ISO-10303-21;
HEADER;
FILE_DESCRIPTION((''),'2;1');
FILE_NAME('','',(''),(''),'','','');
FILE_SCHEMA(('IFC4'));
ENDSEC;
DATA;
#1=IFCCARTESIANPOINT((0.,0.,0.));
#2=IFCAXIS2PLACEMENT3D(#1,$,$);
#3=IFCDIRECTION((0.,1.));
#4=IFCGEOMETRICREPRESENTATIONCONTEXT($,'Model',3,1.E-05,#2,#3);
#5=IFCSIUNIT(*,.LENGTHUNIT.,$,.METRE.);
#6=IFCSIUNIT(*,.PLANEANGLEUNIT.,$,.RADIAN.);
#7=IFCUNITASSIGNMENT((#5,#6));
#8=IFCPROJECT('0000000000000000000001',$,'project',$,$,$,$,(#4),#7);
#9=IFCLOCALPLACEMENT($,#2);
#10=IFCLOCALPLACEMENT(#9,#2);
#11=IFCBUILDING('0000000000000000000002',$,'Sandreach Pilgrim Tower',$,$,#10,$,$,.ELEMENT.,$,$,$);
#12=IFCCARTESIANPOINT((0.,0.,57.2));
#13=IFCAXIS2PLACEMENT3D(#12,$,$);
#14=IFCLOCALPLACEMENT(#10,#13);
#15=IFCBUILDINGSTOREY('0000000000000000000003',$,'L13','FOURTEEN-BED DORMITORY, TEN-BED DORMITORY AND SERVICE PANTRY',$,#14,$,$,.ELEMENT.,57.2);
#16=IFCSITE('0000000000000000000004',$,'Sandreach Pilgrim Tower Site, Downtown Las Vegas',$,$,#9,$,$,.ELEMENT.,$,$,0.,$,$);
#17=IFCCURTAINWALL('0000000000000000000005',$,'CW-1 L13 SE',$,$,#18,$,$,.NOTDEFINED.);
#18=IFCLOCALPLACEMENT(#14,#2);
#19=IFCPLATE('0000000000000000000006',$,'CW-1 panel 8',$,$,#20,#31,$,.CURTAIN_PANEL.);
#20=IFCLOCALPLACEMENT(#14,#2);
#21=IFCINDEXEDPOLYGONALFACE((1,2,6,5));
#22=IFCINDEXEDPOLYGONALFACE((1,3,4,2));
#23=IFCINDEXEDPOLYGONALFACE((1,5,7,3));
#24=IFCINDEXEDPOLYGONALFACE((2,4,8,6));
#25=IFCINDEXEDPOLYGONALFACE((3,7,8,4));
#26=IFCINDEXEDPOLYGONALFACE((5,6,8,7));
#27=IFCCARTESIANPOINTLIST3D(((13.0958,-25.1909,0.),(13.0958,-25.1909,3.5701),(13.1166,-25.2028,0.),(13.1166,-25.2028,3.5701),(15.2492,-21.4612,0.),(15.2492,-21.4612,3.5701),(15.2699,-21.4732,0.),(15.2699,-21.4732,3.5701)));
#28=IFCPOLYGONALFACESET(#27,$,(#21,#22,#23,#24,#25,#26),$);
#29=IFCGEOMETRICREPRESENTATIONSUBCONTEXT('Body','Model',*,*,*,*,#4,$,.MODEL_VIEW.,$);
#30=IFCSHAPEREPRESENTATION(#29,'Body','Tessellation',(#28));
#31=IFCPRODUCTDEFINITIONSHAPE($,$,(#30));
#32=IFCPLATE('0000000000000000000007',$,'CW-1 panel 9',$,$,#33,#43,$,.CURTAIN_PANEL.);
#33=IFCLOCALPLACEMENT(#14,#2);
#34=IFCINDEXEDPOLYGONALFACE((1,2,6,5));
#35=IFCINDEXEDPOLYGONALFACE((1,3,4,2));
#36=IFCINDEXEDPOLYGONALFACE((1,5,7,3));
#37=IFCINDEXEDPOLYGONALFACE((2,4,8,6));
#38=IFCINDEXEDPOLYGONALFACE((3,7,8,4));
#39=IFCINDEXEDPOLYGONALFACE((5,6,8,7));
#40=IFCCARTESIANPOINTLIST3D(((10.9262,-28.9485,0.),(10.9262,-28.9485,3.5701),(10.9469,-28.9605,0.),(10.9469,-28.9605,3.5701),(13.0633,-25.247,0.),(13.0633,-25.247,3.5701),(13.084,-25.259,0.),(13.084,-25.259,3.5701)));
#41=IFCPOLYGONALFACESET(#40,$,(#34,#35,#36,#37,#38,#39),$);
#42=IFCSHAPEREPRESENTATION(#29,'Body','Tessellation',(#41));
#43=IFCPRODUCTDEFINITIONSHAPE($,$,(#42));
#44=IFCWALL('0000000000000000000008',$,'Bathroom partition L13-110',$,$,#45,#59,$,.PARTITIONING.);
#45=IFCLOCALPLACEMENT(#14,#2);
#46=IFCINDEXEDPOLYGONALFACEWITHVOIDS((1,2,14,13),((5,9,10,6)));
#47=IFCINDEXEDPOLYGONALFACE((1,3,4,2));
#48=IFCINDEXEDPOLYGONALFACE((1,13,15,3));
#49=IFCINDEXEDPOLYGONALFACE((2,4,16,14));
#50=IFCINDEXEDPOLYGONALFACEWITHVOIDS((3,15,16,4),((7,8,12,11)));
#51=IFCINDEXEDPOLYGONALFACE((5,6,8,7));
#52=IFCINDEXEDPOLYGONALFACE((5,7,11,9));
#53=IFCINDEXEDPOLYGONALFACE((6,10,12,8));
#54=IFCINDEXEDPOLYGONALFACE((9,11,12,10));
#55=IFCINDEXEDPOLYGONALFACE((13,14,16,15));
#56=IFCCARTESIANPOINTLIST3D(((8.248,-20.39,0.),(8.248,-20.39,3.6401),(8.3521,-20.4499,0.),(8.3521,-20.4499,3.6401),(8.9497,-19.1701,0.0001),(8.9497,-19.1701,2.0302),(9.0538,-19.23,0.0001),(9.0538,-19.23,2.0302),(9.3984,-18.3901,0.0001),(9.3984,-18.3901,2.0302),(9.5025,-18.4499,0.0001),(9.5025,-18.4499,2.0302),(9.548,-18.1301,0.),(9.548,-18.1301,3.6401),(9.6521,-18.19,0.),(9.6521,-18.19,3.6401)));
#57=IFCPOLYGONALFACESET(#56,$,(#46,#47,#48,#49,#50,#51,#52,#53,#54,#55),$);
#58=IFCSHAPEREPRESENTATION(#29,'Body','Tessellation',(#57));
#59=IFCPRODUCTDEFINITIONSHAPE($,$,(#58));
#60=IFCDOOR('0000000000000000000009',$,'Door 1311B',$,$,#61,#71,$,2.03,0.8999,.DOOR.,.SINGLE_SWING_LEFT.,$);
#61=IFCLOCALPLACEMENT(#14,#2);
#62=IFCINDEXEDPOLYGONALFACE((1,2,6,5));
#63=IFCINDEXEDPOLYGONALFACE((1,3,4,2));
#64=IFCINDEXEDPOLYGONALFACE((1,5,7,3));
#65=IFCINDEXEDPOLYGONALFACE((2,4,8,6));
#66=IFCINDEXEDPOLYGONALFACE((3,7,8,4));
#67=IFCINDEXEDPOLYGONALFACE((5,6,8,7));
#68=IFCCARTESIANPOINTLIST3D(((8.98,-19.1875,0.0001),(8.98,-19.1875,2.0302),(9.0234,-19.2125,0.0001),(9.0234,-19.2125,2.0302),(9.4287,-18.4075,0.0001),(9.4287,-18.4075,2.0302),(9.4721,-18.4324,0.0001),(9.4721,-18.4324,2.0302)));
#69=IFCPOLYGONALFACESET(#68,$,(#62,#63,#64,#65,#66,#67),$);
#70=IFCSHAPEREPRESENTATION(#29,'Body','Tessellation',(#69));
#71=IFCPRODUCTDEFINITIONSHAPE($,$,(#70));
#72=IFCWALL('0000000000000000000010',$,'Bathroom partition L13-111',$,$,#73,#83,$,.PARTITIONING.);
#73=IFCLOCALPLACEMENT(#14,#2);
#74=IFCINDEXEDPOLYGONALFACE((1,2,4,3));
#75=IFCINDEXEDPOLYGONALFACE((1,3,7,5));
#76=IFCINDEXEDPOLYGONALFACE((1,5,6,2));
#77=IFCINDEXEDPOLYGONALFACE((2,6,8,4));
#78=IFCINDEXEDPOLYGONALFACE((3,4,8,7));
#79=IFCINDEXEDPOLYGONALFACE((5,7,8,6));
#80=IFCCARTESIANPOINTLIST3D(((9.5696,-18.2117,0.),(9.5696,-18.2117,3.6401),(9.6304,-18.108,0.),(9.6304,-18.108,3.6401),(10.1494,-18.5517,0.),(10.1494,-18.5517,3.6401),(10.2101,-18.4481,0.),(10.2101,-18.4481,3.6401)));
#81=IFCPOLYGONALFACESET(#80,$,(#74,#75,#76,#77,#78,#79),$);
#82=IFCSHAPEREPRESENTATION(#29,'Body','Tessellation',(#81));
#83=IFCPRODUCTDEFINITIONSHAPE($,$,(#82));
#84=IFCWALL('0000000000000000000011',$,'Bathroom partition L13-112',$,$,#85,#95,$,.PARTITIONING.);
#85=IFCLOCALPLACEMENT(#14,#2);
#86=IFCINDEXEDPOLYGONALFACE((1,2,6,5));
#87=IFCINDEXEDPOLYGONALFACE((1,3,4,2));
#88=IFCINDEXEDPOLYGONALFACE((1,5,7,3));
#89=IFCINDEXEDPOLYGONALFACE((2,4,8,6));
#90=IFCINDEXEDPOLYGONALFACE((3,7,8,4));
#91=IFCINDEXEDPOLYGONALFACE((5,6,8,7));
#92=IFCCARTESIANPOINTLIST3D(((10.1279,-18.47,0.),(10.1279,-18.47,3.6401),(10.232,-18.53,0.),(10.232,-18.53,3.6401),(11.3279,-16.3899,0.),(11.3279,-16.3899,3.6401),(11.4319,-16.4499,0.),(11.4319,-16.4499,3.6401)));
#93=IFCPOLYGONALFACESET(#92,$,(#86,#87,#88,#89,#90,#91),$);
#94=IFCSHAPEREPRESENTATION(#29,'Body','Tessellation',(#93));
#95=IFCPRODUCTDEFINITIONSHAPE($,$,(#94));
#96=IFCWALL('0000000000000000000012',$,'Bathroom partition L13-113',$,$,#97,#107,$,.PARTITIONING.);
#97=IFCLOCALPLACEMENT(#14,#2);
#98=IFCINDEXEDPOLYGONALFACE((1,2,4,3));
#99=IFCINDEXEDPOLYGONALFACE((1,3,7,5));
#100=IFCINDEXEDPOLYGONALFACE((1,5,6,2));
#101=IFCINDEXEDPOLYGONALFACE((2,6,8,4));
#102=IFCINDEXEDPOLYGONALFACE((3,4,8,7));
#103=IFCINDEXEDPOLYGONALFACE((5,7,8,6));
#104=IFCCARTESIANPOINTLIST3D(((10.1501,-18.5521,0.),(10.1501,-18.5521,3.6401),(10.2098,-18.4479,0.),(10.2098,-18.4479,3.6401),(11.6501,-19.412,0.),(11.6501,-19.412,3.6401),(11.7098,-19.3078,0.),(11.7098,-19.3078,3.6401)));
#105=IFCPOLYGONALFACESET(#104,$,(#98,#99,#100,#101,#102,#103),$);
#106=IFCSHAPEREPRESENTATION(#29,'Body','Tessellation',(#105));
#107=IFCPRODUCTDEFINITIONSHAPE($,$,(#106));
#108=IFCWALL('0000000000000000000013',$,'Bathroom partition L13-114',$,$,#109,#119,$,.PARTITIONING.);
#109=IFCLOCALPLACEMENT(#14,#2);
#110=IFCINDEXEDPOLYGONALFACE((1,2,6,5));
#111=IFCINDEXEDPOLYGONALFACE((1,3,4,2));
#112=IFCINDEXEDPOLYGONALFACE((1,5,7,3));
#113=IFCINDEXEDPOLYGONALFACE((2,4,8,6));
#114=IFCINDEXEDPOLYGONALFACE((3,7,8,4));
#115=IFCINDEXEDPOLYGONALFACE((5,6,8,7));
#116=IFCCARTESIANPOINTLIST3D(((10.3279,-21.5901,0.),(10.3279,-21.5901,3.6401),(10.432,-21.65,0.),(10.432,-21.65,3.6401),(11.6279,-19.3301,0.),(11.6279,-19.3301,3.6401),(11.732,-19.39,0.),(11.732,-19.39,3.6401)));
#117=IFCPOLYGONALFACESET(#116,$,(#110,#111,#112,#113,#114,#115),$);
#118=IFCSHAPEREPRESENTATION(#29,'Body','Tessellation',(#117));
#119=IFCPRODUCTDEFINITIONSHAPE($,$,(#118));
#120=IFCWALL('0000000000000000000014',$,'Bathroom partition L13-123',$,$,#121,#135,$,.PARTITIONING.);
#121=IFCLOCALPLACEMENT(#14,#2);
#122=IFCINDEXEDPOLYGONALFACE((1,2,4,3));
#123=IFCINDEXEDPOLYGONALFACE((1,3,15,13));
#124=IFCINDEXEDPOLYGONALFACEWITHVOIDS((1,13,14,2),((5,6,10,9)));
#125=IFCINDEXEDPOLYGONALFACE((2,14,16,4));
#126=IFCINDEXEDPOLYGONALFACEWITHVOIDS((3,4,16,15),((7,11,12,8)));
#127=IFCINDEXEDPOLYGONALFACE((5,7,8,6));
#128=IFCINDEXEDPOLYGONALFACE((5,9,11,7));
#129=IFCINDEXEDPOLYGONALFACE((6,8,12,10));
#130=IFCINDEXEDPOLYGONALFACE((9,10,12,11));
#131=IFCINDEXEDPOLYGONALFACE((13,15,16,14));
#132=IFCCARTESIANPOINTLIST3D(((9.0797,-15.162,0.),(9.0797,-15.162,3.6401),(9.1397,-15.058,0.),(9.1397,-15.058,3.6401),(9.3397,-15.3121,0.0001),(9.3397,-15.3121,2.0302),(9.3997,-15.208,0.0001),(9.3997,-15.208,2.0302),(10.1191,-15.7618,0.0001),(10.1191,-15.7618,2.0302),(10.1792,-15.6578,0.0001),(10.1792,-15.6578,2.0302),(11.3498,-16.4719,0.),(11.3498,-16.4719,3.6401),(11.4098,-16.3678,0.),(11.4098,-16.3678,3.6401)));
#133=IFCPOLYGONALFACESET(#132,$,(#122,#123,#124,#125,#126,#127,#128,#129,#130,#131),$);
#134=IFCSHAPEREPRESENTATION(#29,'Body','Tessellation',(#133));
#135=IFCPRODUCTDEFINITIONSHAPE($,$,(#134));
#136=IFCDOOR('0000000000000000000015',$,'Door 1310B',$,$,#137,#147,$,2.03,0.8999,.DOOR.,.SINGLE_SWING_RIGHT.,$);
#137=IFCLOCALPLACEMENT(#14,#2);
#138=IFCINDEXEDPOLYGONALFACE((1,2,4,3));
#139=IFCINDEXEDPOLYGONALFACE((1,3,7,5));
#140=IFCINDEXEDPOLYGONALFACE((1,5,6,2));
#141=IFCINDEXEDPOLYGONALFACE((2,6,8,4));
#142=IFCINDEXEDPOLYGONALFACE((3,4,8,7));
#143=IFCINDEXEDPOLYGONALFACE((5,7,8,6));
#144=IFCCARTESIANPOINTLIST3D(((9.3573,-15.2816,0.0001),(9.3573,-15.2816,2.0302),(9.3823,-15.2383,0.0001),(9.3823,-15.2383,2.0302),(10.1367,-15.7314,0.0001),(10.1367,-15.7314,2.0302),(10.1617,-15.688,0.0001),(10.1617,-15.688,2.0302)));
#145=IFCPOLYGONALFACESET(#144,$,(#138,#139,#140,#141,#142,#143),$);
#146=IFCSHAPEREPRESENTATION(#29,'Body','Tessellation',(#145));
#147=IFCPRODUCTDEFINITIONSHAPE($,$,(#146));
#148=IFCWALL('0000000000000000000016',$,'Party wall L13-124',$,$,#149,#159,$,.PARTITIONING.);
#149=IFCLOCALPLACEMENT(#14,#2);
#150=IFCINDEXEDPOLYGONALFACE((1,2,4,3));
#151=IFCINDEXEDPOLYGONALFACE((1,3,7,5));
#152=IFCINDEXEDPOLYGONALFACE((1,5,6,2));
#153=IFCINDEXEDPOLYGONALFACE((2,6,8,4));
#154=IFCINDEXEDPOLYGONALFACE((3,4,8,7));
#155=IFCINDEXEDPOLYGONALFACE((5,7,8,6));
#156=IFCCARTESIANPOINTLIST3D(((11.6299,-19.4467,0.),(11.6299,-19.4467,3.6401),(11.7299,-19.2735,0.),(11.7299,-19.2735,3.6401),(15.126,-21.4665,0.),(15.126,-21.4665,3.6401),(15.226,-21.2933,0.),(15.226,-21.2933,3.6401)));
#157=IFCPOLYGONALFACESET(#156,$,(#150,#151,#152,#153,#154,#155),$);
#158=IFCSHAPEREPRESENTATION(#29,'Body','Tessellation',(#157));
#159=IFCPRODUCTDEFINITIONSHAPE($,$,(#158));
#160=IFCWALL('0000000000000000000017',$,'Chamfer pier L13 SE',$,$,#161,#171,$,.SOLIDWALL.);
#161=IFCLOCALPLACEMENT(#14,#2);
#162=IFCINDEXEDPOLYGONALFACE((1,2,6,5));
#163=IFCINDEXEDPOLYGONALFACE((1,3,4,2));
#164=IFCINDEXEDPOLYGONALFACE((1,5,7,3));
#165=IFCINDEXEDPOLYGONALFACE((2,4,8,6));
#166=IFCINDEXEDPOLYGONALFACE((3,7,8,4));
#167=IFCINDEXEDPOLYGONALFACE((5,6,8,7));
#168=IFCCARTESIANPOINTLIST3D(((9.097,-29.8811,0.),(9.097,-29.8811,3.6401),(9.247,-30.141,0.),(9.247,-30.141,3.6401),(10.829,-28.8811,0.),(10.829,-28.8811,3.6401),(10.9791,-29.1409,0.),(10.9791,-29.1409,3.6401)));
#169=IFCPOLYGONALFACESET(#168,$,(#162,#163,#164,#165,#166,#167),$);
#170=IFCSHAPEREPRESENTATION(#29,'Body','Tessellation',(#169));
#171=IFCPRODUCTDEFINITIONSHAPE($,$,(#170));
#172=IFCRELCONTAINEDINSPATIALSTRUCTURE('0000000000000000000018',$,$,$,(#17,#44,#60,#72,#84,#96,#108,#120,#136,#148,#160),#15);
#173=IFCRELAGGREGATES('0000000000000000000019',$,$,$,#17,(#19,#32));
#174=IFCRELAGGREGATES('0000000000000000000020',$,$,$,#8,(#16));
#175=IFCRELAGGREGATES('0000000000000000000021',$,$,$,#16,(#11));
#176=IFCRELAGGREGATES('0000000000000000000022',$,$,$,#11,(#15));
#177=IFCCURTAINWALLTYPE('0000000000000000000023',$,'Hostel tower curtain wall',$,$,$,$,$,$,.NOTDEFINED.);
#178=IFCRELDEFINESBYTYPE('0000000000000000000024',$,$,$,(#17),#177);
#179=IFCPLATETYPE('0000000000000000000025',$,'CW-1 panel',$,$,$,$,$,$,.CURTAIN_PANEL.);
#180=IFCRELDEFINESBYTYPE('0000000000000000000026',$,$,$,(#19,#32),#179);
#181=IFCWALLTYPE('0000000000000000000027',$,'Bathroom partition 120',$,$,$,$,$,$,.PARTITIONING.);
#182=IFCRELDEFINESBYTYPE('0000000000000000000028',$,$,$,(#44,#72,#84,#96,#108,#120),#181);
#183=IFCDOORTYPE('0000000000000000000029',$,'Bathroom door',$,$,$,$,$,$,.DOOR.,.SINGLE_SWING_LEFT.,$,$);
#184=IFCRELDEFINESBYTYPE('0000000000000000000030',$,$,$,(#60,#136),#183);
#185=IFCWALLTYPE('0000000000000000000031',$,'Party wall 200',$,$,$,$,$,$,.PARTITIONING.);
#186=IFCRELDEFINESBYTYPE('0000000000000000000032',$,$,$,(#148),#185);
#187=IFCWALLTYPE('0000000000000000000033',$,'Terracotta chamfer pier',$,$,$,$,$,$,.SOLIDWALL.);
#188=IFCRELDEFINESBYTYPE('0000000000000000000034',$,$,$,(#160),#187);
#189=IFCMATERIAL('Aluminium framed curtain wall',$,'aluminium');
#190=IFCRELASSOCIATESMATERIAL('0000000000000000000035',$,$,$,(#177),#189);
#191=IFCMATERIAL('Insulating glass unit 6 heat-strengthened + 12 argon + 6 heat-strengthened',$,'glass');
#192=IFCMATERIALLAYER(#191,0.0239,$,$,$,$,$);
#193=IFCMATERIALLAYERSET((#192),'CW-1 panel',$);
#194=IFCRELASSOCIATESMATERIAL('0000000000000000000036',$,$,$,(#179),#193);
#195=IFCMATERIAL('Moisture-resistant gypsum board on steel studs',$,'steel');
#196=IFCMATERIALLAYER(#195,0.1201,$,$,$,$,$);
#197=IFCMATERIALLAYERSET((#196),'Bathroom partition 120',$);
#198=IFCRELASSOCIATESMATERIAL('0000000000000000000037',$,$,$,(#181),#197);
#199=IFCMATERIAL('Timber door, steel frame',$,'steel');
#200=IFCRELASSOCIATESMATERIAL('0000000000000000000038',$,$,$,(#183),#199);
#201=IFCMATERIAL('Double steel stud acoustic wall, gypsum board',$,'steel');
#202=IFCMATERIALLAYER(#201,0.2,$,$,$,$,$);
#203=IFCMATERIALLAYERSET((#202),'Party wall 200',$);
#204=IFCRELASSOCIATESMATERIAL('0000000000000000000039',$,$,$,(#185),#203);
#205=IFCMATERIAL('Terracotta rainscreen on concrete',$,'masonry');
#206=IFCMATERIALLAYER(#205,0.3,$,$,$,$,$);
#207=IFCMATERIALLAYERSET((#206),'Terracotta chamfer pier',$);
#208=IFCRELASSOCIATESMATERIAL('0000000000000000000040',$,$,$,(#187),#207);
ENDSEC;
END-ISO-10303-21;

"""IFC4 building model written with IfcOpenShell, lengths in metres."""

from ifc_helpers import new_model, si_unit, direction, frame, frame_2d, origin, origin_2d, place, context, subcontext, project, spatial, rectangle, extrude, material, layer, layer_set, type_object, element, fill, aggregate, save


model = new_model("IFC4")

# Units and contexts
model_context = context("Model", 3, precision=1e-05, world=origin(), true_north=direction((0.0, 1.0)))
body_context = subcontext(model_context, "Body", "Model", "MODEL_VIEW")
ifc_project = project(units=[si_unit("LENGTHUNIT", "METRE"), si_unit("PLANEANGLEUNIT", "RADIAN")], contexts=[model_context])

# Site, building, storey
site_placement = place(None, origin())
site = spatial("IfcSite", under=ifc_project, at=site_placement, Name="Sandreach Pilgrim Tower Site, Downtown Las Vegas", CompositionType="ELEMENT", RefElevation=0.0)
building_placement = place(site_placement, origin())
building = spatial("IfcBuilding", under=site, at=building_placement, Name="Sandreach Pilgrim Tower", CompositionType="ELEMENT")
storey_placement = place(building_placement, frame((0.0, 0.0, 57.2)))
storey = spatial("IfcBuildingStorey", under=building, at=storey_placement, Name="L13", Description="FOURTEEN-BED DORMITORY, TEN-BED DORMITORY AND SERVICE PANTRY", CompositionType="ELEMENT", Elevation=57.2)

# Curtain wall
ifc_material_1 = material(Name="Aluminium framed curtain wall", Category="aluminium")
curtain_wall_type = type_object("IfcCurtainWallType", Name="Hostel tower curtain wall", PredefinedType="NOTDEFINED", material=ifc_material_1)
curtain_wall_placement = place(storey_placement, origin())
curtain_wall = element("IfcCurtainWall", 1, at=curtain_wall_placement, inside=storey, type_object=curtain_wall_type, Name="CW-1 L13 SE", PredefinedType="NOTDEFINED")

# Plates
ifc_material_2 = material(Name="Insulating glass unit 6 heat-strengthened + 12 argon + 6 heat-strengthened", Category="glass")
ifc_layer_1 = layer(ifc_material_2, 0.0239)
ifc_layer_set_1 = layer_set([ifc_layer_1], Name="CW-1 panel")
plate_type = type_object("IfcPlateType", Name="CW-1 panel", PredefinedType="CURTAIN_PANEL", material=ifc_layer_set_1)
plate_1_placement = place(storey_placement, frame((14.1829, -23.332, 0.0), z_axis=(0.0, 0.0, 1.0), x_axis=(-0.5, -0.866025, 0.0)))
plate_1 = element("IfcPlate", 2, at=plate_1_placement, type_object=plate_type, Name="CW-1 panel 8", PredefinedType="CURTAIN_PANEL", context=body_context, shape_type="SweptSolid", body=[
    extrude(rectangle(XDim=4.3066, YDim=0.0239, at=origin_2d()), origin(), (0.0, 0.0, 1.0), 3.5701),
])
plate_2_placement = place(storey_placement, frame((12.0051, -27.1038, 0.0), z_axis=(0.0, 0.0, 1.0), x_axis=(-0.5, -0.866025, 0.0)))
plate_2 = element("IfcPlate", 3, at=plate_2_placement, type_object=plate_type, Name="CW-1 panel 9", PredefinedType="CURTAIN_PANEL", context=body_context, shape_type="SweptSolid", body=[
    extrude(rectangle(XDim=4.2742, YDim=0.0239, at=origin_2d()), origin(), (0.0, 0.0, 1.0), 3.5701),
])
aggregate(curtain_wall, [plate_1, plate_2])

# Wall, opening, door
ifc_material_3 = material(Name="Moisture-resistant gypsum board on steel studs", Category="steel")
ifc_layer_2 = layer(ifc_material_3, 0.1201)
ifc_layer_set_2 = layer_set([ifc_layer_2], Name="Bathroom partition 120")
wall_type_1 = type_object("IfcWallType", Name="Bathroom partition 120", PredefinedType="PARTITIONING", material=ifc_layer_set_2)
wall_1_placement = place(storey_placement, frame((9.6001, -18.1599, 0.0), z_axis=(0.0, 0.0, 1.0), x_axis=(-0.498628, -0.866816, 0.0)))
wall_1 = element("IfcWall", 4, at=wall_1_placement, inside=storey, type_object=wall_type_1, Name="Bathroom partition L13-110", PredefinedType="PARTITIONING", context=body_context, shape_type="SweptSolid", body=[
    extrude(rectangle(XDim=2.6072, YDim=0.1201, at=frame_2d((1.3037, 0.0))), origin(), (0.0, 0.0, 1.0), 3.6401),
])
opening_1_placement = place(wall_1_placement, frame((0.3, 0.0, 0.0)))
opening_1 = element("IfcOpeningElement", 5, at=opening_1_placement, cuts=wall_1, PredefinedType="OPENING", context=body_context, shape_type="SweptSolid", body=[
    extrude(rectangle(XDim=0.8999, YDim=2.03, at=frame_2d((0.45, 1.0151))), frame((0.0, 0.0601, 0.0), z_axis=(0.0, -1.0, 0.0), x_axis=(1.0, 0.0, 0.0)), (0.0, 0.0, 1.0), 0.1201),
])
ifc_material_4 = material(Name="Timber door, steel frame", Category="steel")
door_type = type_object("IfcDoorType", Name="Bathroom door", OperationType="SINGLE_SWING_LEFT", PredefinedType="DOOR", material=ifc_material_4)
door_1_placement = place(opening_1_placement, origin())
door_1 = element("IfcDoor", 6, at=door_1_placement, inside=storey, type_object=door_type, Name="Door 1311B", OperationType="SINGLE_SWING_LEFT", OverallHeight=2.03, OverallWidth=0.8999, PredefinedType="DOOR", context=body_context, shape_type="SweptSolid", body=[
    extrude(rectangle(XDim=0.8999, YDim=2.03, at=frame_2d((0.45, 1.0151))), frame((0.0, 0.0249, 0.0), z_axis=(0.0, -1.0, 0.0), x_axis=(1.0, 0.0, 0.0)), (0.0, 0.0, 1.0), 0.05),
])
fill(opening_1, door_1)

# Walls
wall_2_placement = place(storey_placement, frame((9.6001, -18.1599, 0.0), z_axis=(0.0, 0.0, 1.0), x_axis=(0.862578, -0.505925, 0.0)))
element("IfcWall", 7, at=wall_2_placement, inside=storey, type_object=wall_type_1, Name="Bathroom partition L13-111", PredefinedType="PARTITIONING", context=body_context, shape_type="SweptSolid", body=[
    extrude(rectangle(XDim=0.6721, YDim=0.1201, at=frame_2d((0.3359, 0.0))), origin(), (0.0, 0.0, 1.0), 3.6401),
])
wall_3_placement = place(storey_placement, frame((10.1799, -18.5, 0.0), z_axis=(0.0, 0.0, 1.0), x_axis=(0.499693, 0.866203, 0.0)))
element("IfcWall", 8, at=wall_3_placement, inside=storey, type_object=wall_type_1, Name="Bathroom partition L13-112", PredefinedType="PARTITIONING", context=body_context, shape_type="SweptSolid", body=[
    extrude(rectangle(XDim=2.4014, YDim=0.1201, at=frame_2d((1.2007, 0.0))), origin(), (0.0, 0.0, 1.0), 3.6401),
])
wall_4_placement = place(storey_placement, frame((10.1799, -18.5, 0.0), z_axis=(0.0, 0.0, 1.0), x_axis=(0.867565, -0.497325, 0.0)))
element("IfcWall", 9, at=wall_4_placement, inside=storey, type_object=wall_type_1, Name="Bathroom partition L13-113", PredefinedType="PARTITIONING", context=body_context, shape_type="SweptSolid", body=[
    extrude(rectangle(XDim=1.729, YDim=0.1201, at=frame_2d((0.8645, 0.0))), origin(), (0.0, 0.0, 1.0), 3.6401),
])
wall_5_placement = place(storey_placement, frame((10.3799, -21.6201, 0.0), z_axis=(0.0, 0.0, 1.0), x_axis=(0.498628, 0.866816, 0.0)))
element("IfcWall", 10, at=wall_5_placement, inside=storey, type_object=wall_type_1, Name="Bathroom partition L13-114", PredefinedType="PARTITIONING", context=body_context, shape_type="SweptSolid", body=[
    extrude(rectangle(XDim=2.6072, YDim=0.1201, at=frame_2d((1.3037, 0.0))), origin(), (0.0, 0.0, 1.0), 3.6401),
])

# Wall, opening, door
wall_6_placement = place(storey_placement, frame((11.3799, -16.4199, 0.0), z_axis=(0.0, 0.0, 1.0), x_axis=(-0.866155, 0.499776, 0.0)))
wall_6 = element("IfcWall", 11, at=wall_6_placement, inside=storey, type_object=wall_type_1, Name="Bathroom partition L13-123", PredefinedType="PARTITIONING", context=body_context, shape_type="SweptSolid", body=[
    extrude(rectangle(XDim=2.6208, YDim=0.1201, at=frame_2d((1.3105, 0.0))), origin(), (0.0, 0.0, 1.0), 3.6401),
])
opening_2_placement = place(wall_6_placement, frame((1.4209, 0.0, 0.0)))
opening_2 = element("IfcOpeningElement", 12, at=opening_2_placement, cuts=wall_6, PredefinedType="OPENING", context=body_context, shape_type="SweptSolid", body=[
    extrude(rectangle(XDim=0.8999, YDim=2.03, at=frame_2d((0.45, 1.0151))), frame((0.0, 0.0601, 0.0), z_axis=(0.0, -1.0, 0.0), x_axis=(1.0, 0.0, 0.0)), (0.0, 0.0, 1.0), 0.1201),
])
door_2_placement = place(opening_2_placement, origin())
door_2 = element("IfcDoor", 13, at=door_2_placement, inside=storey, type_object=door_type, Name="Door 1310B", OperationType="SINGLE_SWING_RIGHT", OverallHeight=2.03, OverallWidth=0.8999, PredefinedType="DOOR", context=body_context, shape_type="SweptSolid", body=[
    extrude(rectangle(XDim=0.8999, YDim=2.03, at=frame_2d((0.45, 1.0151))), frame((0.0, 0.0249, 0.0), z_axis=(0.0, -1.0, 0.0), x_axis=(1.0, 0.0, 0.0)), (0.0, 0.0, 1.0), 0.05),
])
fill(opening_2, door_2)

# Walls
ifc_material_5 = material(Name="Double steel stud acoustic wall, gypsum board", Category="steel")
ifc_layer_3 = layer(ifc_material_5, 0.2)
ifc_layer_set_3 = layer_set([ifc_layer_3], Name="Party wall 200")
wall_type_2 = type_object("IfcWallType", Name="Party wall 200", PredefinedType="PARTITIONING", material=ifc_layer_set_3)
wall_7_placement = place(storey_placement, frame((11.6799, -19.3601, 0.0), z_axis=(0.0, 0.0, 1.0), x_axis=(0.865885, -0.500242, 0.0)))
element("IfcWall", 14, at=wall_7_placement, inside=storey, type_object=wall_type_2, Name="Party wall L13-124", PredefinedType="PARTITIONING", context=body_context, shape_type="SweptSolid", body=[
    extrude(rectangle(XDim=4.0376, YDim=0.2, at=frame_2d((2.0188, 0.0))), origin(), (0.0, 0.0, 1.0), 3.6401),
])
ifc_material_6 = material(Name="Terracotta rainscreen on concrete", Category="masonry")
ifc_layer_4 = layer(ifc_material_6, 0.3)
ifc_layer_set_4 = layer_set([ifc_layer_4], Name="Terracotta chamfer pier")
wall_type_3 = type_object("IfcWallType", Name="Terracotta chamfer pier", PredefinedType="SOLIDWALL", material=ifc_layer_set_4)
wall_8_placement = place(storey_placement, frame((10.9041, -29.011, 0.0), z_axis=(0.0, 0.0, 1.0), x_axis=(-0.866011, -0.500025, 0.0)))
element("IfcWall", 15, at=wall_8_placement, inside=storey, type_object=wall_type_3, Name="Chamfer pier L13 SE", PredefinedType="SOLIDWALL", context=body_context, shape_type="SweptSolid", body=[
    extrude(rectangle(XDim=2.0, YDim=0.3, at=frame_2d((1.0, 0.0))), origin(), (0.0, 0.0, 1.0), 3.6401),
])

save(model, "model.ifc")
